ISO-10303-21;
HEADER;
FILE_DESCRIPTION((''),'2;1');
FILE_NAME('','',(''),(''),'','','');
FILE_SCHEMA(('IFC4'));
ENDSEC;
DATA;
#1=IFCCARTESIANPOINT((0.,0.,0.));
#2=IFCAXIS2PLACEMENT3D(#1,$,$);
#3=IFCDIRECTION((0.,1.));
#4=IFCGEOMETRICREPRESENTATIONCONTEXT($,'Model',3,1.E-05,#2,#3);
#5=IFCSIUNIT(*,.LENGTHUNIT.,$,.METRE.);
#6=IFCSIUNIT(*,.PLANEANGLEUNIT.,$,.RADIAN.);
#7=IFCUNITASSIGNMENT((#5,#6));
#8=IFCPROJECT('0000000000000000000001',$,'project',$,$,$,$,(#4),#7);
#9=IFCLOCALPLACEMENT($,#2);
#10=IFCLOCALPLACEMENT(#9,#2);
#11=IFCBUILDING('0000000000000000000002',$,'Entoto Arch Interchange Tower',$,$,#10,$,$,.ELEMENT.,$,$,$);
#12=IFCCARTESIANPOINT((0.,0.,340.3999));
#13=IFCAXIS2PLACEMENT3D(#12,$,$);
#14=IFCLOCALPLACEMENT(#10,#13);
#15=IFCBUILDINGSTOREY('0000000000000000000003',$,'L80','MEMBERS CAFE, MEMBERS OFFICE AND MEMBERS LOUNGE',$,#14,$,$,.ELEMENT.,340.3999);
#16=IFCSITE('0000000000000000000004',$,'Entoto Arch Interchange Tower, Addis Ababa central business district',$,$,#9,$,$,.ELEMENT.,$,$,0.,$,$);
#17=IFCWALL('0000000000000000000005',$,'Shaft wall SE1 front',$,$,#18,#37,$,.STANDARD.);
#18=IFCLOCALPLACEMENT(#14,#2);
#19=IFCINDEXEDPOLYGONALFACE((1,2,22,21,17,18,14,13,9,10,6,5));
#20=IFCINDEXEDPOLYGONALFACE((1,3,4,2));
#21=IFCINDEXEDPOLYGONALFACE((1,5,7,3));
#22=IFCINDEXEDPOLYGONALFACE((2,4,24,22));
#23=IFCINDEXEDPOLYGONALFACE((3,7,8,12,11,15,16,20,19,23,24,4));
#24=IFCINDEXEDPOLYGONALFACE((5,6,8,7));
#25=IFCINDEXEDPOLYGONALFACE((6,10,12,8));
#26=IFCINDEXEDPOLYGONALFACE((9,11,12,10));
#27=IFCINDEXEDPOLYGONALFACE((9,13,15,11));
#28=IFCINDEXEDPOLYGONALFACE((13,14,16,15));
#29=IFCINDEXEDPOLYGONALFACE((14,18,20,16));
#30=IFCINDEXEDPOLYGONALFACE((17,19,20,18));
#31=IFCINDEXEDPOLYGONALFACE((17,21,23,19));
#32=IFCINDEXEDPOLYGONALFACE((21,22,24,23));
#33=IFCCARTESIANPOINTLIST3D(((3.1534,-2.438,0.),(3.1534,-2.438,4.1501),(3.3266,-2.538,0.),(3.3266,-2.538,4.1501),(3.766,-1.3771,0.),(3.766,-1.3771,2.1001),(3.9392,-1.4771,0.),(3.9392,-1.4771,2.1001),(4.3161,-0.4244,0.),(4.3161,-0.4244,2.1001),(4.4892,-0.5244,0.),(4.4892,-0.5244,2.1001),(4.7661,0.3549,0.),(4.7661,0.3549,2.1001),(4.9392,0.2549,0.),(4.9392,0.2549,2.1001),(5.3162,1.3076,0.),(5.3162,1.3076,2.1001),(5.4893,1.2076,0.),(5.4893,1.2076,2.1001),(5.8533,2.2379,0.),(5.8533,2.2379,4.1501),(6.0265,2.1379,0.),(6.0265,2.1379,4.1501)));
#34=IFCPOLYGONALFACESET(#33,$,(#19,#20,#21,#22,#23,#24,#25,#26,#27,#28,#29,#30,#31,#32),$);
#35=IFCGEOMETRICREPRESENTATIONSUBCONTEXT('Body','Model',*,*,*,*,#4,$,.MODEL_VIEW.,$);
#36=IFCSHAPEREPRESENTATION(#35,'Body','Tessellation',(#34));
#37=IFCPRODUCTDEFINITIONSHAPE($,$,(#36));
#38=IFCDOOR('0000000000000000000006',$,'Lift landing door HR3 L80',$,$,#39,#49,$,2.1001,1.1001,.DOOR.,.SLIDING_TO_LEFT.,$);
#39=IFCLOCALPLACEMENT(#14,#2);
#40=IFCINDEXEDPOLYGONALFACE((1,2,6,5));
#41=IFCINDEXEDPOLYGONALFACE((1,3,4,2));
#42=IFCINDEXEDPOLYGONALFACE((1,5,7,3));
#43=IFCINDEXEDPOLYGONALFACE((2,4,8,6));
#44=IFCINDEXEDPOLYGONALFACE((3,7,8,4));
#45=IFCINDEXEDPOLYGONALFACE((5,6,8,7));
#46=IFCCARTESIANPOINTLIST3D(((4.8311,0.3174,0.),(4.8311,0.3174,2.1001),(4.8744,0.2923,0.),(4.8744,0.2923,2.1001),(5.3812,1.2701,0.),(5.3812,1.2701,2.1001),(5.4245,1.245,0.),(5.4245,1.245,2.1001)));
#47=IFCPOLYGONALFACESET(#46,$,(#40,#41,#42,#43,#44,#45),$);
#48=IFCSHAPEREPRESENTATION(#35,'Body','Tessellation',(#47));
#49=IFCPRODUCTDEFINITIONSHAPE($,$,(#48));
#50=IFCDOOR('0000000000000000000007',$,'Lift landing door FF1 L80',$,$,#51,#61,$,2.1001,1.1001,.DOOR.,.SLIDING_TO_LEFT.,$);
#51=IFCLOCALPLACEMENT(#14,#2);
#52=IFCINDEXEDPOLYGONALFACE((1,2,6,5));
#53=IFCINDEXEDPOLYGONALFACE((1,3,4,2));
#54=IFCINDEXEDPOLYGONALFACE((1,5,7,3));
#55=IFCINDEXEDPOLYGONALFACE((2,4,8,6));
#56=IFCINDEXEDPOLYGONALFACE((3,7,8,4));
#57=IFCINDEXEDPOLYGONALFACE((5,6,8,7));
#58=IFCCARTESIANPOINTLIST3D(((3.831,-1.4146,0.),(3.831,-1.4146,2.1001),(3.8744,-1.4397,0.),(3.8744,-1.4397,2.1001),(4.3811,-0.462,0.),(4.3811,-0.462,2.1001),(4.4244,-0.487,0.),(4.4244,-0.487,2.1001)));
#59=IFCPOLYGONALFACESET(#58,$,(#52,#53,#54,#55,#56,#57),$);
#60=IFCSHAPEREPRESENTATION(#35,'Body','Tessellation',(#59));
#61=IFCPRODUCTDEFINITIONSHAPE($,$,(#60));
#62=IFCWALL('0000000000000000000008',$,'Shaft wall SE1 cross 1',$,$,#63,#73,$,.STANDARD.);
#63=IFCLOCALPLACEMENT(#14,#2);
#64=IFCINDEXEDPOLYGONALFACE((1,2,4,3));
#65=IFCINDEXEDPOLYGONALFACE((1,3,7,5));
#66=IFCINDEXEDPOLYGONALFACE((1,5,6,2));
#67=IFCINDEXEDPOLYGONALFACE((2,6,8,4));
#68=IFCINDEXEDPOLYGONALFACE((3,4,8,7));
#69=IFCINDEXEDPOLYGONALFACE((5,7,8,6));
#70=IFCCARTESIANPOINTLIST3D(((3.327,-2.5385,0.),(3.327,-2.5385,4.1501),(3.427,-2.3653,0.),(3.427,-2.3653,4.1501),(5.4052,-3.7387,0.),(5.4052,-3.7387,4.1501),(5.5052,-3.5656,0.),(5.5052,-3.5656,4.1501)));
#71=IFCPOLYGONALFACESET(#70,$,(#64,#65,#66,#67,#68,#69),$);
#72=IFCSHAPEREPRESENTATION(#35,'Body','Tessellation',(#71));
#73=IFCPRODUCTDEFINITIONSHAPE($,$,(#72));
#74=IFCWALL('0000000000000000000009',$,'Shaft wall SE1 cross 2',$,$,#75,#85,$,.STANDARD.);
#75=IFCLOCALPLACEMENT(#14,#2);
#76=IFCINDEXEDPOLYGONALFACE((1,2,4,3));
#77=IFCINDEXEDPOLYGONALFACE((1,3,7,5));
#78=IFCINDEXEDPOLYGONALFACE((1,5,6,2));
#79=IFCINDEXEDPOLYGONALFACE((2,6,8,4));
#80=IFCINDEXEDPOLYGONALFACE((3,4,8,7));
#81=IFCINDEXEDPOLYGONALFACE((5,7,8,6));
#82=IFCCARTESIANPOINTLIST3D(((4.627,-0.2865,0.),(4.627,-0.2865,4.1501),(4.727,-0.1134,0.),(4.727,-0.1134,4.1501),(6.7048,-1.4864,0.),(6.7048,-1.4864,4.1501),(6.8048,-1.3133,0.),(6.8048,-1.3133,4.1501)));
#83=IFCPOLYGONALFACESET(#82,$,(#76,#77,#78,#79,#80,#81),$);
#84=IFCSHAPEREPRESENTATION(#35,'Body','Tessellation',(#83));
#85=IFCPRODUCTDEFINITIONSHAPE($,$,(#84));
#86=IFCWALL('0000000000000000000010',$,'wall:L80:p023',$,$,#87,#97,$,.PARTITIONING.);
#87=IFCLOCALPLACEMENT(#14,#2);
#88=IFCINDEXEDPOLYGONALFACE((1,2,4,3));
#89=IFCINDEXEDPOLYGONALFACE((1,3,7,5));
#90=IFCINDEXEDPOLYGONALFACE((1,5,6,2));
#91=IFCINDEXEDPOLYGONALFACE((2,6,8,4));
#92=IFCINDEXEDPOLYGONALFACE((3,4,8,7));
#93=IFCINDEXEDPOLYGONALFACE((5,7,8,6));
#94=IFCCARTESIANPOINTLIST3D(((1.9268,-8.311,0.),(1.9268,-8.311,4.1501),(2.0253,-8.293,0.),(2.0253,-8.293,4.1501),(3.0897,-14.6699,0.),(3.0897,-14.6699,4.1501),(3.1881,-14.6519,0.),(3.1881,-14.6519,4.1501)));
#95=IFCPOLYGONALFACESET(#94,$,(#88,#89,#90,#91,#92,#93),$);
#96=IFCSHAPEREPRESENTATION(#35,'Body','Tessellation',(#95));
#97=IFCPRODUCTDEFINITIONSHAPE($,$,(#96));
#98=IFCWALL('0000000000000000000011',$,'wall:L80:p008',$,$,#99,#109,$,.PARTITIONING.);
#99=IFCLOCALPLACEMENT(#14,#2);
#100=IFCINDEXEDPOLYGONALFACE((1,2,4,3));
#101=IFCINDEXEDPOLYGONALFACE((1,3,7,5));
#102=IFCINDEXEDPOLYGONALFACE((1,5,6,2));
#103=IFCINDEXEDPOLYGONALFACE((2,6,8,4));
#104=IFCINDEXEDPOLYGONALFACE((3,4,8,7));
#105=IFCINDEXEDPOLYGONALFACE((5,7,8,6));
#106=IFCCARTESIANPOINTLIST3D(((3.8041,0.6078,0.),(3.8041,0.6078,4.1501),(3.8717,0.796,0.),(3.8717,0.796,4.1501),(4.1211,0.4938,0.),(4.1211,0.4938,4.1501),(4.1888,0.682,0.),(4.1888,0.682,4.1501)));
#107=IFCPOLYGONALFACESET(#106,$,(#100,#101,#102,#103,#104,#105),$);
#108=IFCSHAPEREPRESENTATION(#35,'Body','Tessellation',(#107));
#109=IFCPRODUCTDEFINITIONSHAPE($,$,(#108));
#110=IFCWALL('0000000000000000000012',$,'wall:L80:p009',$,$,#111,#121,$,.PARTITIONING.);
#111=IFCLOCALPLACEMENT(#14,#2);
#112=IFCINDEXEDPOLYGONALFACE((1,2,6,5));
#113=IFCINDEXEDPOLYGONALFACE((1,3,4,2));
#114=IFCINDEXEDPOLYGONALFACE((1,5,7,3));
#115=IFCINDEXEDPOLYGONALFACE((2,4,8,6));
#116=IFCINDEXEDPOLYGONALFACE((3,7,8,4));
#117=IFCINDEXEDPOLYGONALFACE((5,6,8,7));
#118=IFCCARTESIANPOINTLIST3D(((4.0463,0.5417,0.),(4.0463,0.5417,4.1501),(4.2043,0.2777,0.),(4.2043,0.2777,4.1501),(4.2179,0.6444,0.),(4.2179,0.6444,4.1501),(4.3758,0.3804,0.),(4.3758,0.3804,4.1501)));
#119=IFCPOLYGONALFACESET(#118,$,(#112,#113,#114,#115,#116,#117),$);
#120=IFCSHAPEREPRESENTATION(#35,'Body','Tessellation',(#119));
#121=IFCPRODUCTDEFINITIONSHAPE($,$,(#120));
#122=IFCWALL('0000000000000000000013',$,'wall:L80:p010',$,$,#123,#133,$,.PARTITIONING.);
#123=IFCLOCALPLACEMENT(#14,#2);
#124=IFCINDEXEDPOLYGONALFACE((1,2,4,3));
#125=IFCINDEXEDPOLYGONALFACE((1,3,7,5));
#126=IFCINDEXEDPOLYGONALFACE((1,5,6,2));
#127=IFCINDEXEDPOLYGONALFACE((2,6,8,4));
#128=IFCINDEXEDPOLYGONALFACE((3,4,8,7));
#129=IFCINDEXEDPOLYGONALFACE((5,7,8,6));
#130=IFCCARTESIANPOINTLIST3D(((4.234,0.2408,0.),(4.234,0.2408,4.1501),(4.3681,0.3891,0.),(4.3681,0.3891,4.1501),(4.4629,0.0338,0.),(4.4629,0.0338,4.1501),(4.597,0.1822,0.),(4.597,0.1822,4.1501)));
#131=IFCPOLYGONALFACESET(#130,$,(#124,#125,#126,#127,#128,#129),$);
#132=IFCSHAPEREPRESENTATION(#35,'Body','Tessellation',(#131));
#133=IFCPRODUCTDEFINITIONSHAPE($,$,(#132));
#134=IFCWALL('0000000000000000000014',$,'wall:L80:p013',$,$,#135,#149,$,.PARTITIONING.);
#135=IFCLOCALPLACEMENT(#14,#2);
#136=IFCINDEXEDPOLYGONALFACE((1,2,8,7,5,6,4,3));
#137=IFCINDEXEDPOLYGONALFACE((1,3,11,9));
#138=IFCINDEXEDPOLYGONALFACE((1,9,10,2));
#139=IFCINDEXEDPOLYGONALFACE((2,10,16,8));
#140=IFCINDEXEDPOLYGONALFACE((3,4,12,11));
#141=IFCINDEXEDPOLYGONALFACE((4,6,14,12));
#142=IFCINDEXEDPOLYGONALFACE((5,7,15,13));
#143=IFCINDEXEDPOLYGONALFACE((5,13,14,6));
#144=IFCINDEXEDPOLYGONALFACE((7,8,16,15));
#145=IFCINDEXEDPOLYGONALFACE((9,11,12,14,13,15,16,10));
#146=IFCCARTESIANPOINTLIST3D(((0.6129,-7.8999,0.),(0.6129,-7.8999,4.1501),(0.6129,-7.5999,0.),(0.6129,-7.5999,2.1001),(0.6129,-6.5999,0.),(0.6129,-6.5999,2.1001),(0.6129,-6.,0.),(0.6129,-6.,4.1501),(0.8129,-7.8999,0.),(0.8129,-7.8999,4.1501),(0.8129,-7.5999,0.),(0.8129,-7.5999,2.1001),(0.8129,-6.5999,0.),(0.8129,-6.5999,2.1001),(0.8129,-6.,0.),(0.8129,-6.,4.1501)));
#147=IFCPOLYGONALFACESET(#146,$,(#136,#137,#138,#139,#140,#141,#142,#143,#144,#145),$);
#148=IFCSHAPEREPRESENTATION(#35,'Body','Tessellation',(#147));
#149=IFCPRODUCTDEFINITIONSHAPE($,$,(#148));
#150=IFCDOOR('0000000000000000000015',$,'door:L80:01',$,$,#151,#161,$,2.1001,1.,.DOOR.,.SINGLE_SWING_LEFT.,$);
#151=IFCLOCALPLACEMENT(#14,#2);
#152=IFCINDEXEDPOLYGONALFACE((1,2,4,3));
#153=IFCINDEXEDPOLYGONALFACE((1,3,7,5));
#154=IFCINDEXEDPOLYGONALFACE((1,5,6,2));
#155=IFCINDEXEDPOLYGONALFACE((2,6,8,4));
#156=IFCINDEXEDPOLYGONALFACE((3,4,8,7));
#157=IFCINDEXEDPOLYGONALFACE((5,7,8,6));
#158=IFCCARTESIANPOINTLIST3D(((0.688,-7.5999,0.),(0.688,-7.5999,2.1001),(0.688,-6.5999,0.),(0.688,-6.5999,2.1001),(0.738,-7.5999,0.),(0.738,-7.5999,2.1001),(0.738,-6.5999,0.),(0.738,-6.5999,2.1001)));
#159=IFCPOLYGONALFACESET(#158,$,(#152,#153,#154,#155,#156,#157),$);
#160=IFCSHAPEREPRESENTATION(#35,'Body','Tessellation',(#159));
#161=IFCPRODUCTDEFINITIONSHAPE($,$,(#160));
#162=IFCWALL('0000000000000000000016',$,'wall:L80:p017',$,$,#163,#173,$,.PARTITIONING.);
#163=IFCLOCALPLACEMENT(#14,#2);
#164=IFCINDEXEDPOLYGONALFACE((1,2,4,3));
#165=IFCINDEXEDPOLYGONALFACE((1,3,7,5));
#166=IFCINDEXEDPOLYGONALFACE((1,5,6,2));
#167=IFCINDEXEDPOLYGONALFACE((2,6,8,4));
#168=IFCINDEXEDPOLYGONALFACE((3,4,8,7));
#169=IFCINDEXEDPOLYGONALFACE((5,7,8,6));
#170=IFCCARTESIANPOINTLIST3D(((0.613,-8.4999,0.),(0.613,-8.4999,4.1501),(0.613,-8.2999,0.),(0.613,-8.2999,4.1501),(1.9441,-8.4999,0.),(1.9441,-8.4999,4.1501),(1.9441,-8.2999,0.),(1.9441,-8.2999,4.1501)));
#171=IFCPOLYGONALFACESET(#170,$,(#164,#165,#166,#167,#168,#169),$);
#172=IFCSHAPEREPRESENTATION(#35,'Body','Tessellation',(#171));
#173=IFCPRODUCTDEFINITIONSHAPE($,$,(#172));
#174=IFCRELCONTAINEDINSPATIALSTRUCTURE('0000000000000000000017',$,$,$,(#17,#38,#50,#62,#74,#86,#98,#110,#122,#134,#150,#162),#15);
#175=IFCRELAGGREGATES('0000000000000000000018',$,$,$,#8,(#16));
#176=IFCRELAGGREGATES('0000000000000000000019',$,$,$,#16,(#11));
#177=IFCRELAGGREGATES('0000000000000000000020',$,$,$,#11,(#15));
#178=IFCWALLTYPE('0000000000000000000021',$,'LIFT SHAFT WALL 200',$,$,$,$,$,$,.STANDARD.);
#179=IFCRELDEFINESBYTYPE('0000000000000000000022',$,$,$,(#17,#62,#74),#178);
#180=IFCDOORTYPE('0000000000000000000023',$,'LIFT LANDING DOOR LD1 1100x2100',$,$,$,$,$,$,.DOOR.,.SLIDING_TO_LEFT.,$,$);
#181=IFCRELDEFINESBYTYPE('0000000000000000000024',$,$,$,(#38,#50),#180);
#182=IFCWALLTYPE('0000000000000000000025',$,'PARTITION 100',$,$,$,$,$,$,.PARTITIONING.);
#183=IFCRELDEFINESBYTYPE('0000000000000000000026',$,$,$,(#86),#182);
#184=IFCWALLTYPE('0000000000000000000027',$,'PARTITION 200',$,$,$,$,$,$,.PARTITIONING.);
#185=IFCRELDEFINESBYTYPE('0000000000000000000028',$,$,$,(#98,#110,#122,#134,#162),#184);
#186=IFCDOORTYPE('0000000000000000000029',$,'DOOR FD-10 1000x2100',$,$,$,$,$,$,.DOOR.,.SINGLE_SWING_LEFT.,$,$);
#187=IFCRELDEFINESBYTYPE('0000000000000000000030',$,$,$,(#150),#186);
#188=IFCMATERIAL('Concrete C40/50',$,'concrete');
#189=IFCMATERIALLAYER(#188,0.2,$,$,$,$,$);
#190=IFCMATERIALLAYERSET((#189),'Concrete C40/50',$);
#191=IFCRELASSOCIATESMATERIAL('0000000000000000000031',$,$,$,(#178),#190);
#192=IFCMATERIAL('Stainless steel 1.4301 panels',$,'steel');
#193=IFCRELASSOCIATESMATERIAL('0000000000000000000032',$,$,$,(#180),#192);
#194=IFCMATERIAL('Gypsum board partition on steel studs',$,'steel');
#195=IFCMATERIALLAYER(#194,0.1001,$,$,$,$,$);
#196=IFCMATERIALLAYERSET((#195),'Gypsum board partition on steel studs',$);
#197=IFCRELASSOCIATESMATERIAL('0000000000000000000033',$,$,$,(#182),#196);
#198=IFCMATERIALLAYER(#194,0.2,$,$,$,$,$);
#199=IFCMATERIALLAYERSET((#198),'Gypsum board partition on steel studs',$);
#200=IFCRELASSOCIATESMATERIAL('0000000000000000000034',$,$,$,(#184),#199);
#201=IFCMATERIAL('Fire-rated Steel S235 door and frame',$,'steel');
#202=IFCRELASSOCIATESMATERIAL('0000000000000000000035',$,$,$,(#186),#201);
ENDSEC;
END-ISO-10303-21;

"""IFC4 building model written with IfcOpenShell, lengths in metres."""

from ifc_helpers import new_model, si_unit, direction, frame, frame_2d, origin, place, context, subcontext, project, spatial, rectangle, extrude, material, layer, layer_set, type_object, element, fill, save


model = new_model("IFC4")

# Units and contexts
model_context = context("Model", 3, precision=1e-05, world=origin(), true_north=direction((0.0, 1.0)))
body_context = subcontext(model_context, "Body", "Model", "MODEL_VIEW")
ifc_project = project(units=[si_unit("LENGTHUNIT", "METRE"), si_unit("PLANEANGLEUNIT", "RADIAN")], contexts=[model_context])

# Site, building, storey
site_placement = place(None, origin())
site = spatial("IfcSite", under=ifc_project, at=site_placement, Name="Entoto Arch Interchange Tower, Addis Ababa central business district", CompositionType="ELEMENT", RefElevation=0.0)
building_placement = place(site_placement, origin())
building = spatial("IfcBuilding", under=site, at=building_placement, Name="Entoto Arch Interchange Tower", CompositionType="ELEMENT")
storey_placement = place(building_placement, frame((0.0, 0.0, 340.3999)))
storey = spatial("IfcBuildingStorey", under=building, at=storey_placement, Name="L80", Description="MEMBERS CAFE, MEMBERS OFFICE AND MEMBERS LOUNGE", CompositionType="ELEMENT", Elevation=340.3999)

# Shared definitions
ifc_material_1 = material(Name="Concrete C40/50", Category="concrete")

# Shared definitions
ifc_material_2 = material(Name="Fire-rated Steel S235 door and frame", Category="steel")

# Wall, openings, doors
ifc_layer_1 = layer(ifc_material_1, 0.2)
ifc_layer_set_1 = layer_set([ifc_layer_1], Name="Concrete C40/50")
wall_type_1 = type_object("IfcWallType", Name="LIFT SHAFT WALL 200", PredefinedType="STANDARD", material=ifc_layer_set_1)
wall_1_placement = place(storey_placement, frame((3.24, -2.488, 0.0), z_axis=(0.0, 0.0, 1.0), x_axis=(0.500034, 0.866006, 0.0)))
wall_1 = element("IfcWall", 1, at=wall_1_placement, inside=storey, type_object=wall_type_1, Name="Shaft wall SE1 front", PredefinedType="STANDARD", context=body_context, shape_type="SweptSolid", body=[
    extrude(rectangle(XDim=5.3994, YDim=0.2, at=frame_2d((2.6997, 0.0))), origin(), (0.0, 0.0, 1.0), 4.1501),
])
opening_1_placement = place(wall_1_placement, frame((3.2251, 0.0, 0.0)))
opening_1 = element("IfcOpeningElement", 2, at=opening_1_placement, cuts=wall_1, PredefinedType="OPENING", context=body_context, shape_type="SweptSolid", body=[
    extrude(rectangle(XDim=1.1001, YDim=2.1001, at=frame_2d((0.55, 1.05))), frame((0.0, 0.1099, 0.0), z_axis=(0.0, -1.0, 0.0), x_axis=(1.0, 0.0, 0.0)), (0.0, 0.0, 1.0), 0.22),
])
opening_2_placement = place(wall_1_placement, frame((1.2251, 0.0, 0.0)))
opening_2 = element("IfcOpeningElement", 3, at=opening_2_placement, cuts=wall_1, PredefinedType="OPENING", context=body_context, shape_type="SweptSolid", body=[
    extrude(rectangle(XDim=1.1001, YDim=2.1001, at=frame_2d((0.55, 1.05))), frame((0.0, 0.1099, 0.0), z_axis=(0.0, -1.0, 0.0), x_axis=(1.0, 0.0, 0.0)), (0.0, 0.0, 1.0), 0.22),
])
ifc_material_3 = material(Name="Stainless steel 1.4301 panels", Category="steel")
door_type_1 = type_object("IfcDoorType", Name="LIFT LANDING DOOR LD1 1100x2100", OperationType="SLIDING_TO_LEFT", PredefinedType="DOOR", material=ifc_material_3)
door_1_placement = place(opening_1_placement, origin())
door_1 = element("IfcDoor", 4, at=door_1_placement, inside=storey, type_object=door_type_1, Name="Lift landing door HR3 L80", OperationType="SLIDING_TO_LEFT", OverallHeight=2.1001, OverallWidth=1.1001, PredefinedType="DOOR", context=body_context, shape_type="SweptSolid", body=[
    extrude(rectangle(XDim=1.1001, YDim=2.1001, at=frame_2d((0.55, 1.05))), frame((0.0, 0.0249, 0.0), z_axis=(0.0, -1.0, 0.0), x_axis=(1.0, 0.0, 0.0)), (0.0, 0.0, 1.0), 0.05),
])
fill(opening_1, door_1)
door_2_placement = place(opening_2_placement, origin())
door_2 = element("IfcDoor", 5, at=door_2_placement, inside=storey, type_object=door_type_1, Name="Lift landing door FF1 L80", OperationType="SLIDING_TO_LEFT", OverallHeight=2.1001, OverallWidth=1.1001, PredefinedType="DOOR", context=body_context, shape_type="SweptSolid", body=[
    extrude(rectangle(XDim=1.1001, YDim=2.1001, at=frame_2d((0.55, 1.05))), frame((0.0, 0.0249, 0.0), z_axis=(0.0, -1.0, 0.0), x_axis=(1.0, 0.0, 0.0)), (0.0, 0.0, 1.0), 0.05),
])
fill(opening_2, door_2)

# Walls
wall_2_placement = place(storey_placement, frame((3.377, -2.4519, 0.0), z_axis=(0.0, 0.0, 1.0), x_axis=(0.865955, -0.500122, 0.0)))
element("IfcWall", 6, at=wall_2_placement, inside=storey, type_object=wall_type_1, Name="Shaft wall SE1 cross 1", PredefinedType="STANDARD", context=body_context, shape_type="SweptSolid", body=[
    extrude(rectangle(XDim=2.3999, YDim=0.2, at=frame_2d((1.2, 0.0))), origin(), (0.0, 0.0, 1.0), 4.1501),
])
wall_3_placement = place(storey_placement, frame((4.677, -0.2, 0.0), z_axis=(0.0, 0.0, 1.0), x_axis=(0.865974, -0.500089, 0.0)))
element("IfcWall", 7, at=wall_3_placement, inside=storey, type_object=wall_type_1, Name="Shaft wall SE1 cross 2", PredefinedType="STANDARD", context=body_context, shape_type="SweptSolid", body=[
    extrude(rectangle(XDim=2.3994, YDim=0.2, at=frame_2d((1.1997, 0.0))), origin(), (0.0, 0.0, 1.0), 4.1501),
])
ifc_material_4 = material(Name="Gypsum board partition on steel studs", Category="steel")
ifc_layer_2 = layer(ifc_material_4, 0.1001)
ifc_layer_set_2 = layer_set([ifc_layer_2], Name="Gypsum board partition on steel studs")
wall_type_2 = type_object("IfcWallType", Name="PARTITION 100", PredefinedType="PARTITIONING", material=ifc_layer_set_2)
wall_4_placement = place(storey_placement, frame((3.1389, -14.6609, 0.0), z_axis=(0.0, 0.0, 1.0), x_axis=(-0.179886, 0.983688, 0.0)))
element("IfcWall", 8, at=wall_4_placement, inside=storey, type_object=wall_type_2, Name="wall:L80:p023", PredefinedType="PARTITIONING", context=body_context, shape_type="SweptSolid", body=[
    extrude(rectangle(XDim=6.4644, YDim=0.1001, at=frame_2d((3.2322, 0.0))), origin(), (0.0, 0.0, 1.0), 4.1501),
])
ifc_layer_3 = layer(ifc_material_4, 0.2)
ifc_layer_set_3 = layer_set([ifc_layer_3], Name="Gypsum board partition on steel studs")
wall_type_3 = type_object("IfcWallType", Name="PARTITION 200", PredefinedType="PARTITIONING", material=ifc_layer_set_3)
wall_5_placement = place(storey_placement, frame((3.8379, 0.7019, 0.0), z_axis=(0.0, 0.0, 1.0), x_axis=(0.941035, -0.338309, 0.0)))
element("IfcWall", 9, at=wall_5_placement, inside=storey, type_object=wall_type_3, Name="wall:L80:p008", PredefinedType="PARTITIONING", context=body_context, shape_type="SweptSolid", body=[
    extrude(rectangle(XDim=0.3369, YDim=0.2, at=frame_2d((0.1685, 0.0))), origin(), (0.0, 0.0, 1.0), 4.1501),
])
wall_6_placement = place(storey_placement, frame((4.1321, 0.593, 0.0), z_axis=(0.0, 0.0, 1.0), x_axis=(0.513562, -0.858053, 0.0)))
element("IfcWall", 10, at=wall_6_placement, inside=storey, type_object=wall_type_3, Name="wall:L80:p009", PredefinedType="PARTITIONING", context=body_context, shape_type="SweptSolid", body=[
    extrude(rectangle(XDim=0.3076, YDim=0.2, at=frame_2d((0.1538, 0.0))), origin(), (0.0, 0.0, 1.0), 4.1501),
])
wall_7_placement = place(storey_placement, frame((4.301, 0.3149, 0.0), z_axis=(0.0, 0.0, 1.0), x_axis=(0.741798, -0.670623, 0.0)))
element("IfcWall", 11, at=wall_7_placement, inside=storey, type_object=wall_type_3, Name="wall:L80:p010", PredefinedType="PARTITIONING", context=body_context, shape_type="SweptSolid", body=[
    extrude(rectangle(XDim=0.3086, YDim=0.2, at=frame_2d((0.1543, 0.0))), origin(), (0.0, 0.0, 1.0), 4.1501),
])

# Wall, opening, door
wall_8_placement = place(storey_placement, frame((0.7129, -7.8999, 0.0), z_axis=(0.0, 0.0, 1.0), x_axis=(0.0, 1.0, 0.0)))
wall_8 = element("IfcWall", 12, at=wall_8_placement, inside=storey, type_object=wall_type_3, Name="wall:L80:p013", PredefinedType="PARTITIONING", context=body_context, shape_type="SweptSolid", body=[
    extrude(rectangle(XDim=1.8999, YDim=0.2, at=frame_2d((0.95, 0.0))), origin(), (0.0, 0.0, 1.0), 4.1501),
])
opening_3_placement = place(wall_8_placement, frame((0.3, 0.0, 0.0)))
opening_3 = element("IfcOpeningElement", 13, at=opening_3_placement, cuts=wall_8, PredefinedType="OPENING", context=body_context, shape_type="SweptSolid", body=[
    extrude(rectangle(XDim=1.0, YDim=2.1001, at=frame_2d((0.5, 1.05))), frame((0.0, 0.1099, 0.0), z_axis=(0.0, -1.0, 0.0), x_axis=(1.0, 0.0, 0.0)), (0.0, 0.0, 1.0), 0.22),
])
door_type_2 = type_object("IfcDoorType", Name="DOOR FD-10 1000x2100", OperationType="SINGLE_SWING_LEFT", PredefinedType="DOOR", material=ifc_material_2)
door_3_placement = place(opening_3_placement, origin())
door_3 = element("IfcDoor", 14, at=door_3_placement, inside=storey, type_object=door_type_2, Name="door:L80:01", OperationType="SINGLE_SWING_LEFT", OverallHeight=2.1001, OverallWidth=1.0, PredefinedType="DOOR", context=body_context, shape_type="SweptSolid", body=[
    extrude(rectangle(XDim=1.0, YDim=2.1001, at=frame_2d((0.5, 1.05))), frame((0.0, 0.0249, 0.0), z_axis=(0.0, -1.0, 0.0), x_axis=(1.0, 0.0, 0.0)), (0.0, 0.0, 1.0), 0.05),
])
fill(opening_3, door_3)

# Wall
wall_9_placement = place(storey_placement, frame((1.9441, -8.3999, 0.0), z_axis=(0.0, 0.0, 1.0), x_axis=(-1.0, 0.0, 0.0)))
element("IfcWall", 15, at=wall_9_placement, inside=storey, type_object=wall_type_3, Name="wall:L80:p017", PredefinedType="PARTITIONING", context=body_context, shape_type="SweptSolid", body=[
    extrude(rectangle(XDim=1.3311, YDim=0.2, at=frame_2d((0.6655, 0.0))), origin(), (0.0, 0.0, 1.0), 4.1501),
])

save(model, "model.ifc")
